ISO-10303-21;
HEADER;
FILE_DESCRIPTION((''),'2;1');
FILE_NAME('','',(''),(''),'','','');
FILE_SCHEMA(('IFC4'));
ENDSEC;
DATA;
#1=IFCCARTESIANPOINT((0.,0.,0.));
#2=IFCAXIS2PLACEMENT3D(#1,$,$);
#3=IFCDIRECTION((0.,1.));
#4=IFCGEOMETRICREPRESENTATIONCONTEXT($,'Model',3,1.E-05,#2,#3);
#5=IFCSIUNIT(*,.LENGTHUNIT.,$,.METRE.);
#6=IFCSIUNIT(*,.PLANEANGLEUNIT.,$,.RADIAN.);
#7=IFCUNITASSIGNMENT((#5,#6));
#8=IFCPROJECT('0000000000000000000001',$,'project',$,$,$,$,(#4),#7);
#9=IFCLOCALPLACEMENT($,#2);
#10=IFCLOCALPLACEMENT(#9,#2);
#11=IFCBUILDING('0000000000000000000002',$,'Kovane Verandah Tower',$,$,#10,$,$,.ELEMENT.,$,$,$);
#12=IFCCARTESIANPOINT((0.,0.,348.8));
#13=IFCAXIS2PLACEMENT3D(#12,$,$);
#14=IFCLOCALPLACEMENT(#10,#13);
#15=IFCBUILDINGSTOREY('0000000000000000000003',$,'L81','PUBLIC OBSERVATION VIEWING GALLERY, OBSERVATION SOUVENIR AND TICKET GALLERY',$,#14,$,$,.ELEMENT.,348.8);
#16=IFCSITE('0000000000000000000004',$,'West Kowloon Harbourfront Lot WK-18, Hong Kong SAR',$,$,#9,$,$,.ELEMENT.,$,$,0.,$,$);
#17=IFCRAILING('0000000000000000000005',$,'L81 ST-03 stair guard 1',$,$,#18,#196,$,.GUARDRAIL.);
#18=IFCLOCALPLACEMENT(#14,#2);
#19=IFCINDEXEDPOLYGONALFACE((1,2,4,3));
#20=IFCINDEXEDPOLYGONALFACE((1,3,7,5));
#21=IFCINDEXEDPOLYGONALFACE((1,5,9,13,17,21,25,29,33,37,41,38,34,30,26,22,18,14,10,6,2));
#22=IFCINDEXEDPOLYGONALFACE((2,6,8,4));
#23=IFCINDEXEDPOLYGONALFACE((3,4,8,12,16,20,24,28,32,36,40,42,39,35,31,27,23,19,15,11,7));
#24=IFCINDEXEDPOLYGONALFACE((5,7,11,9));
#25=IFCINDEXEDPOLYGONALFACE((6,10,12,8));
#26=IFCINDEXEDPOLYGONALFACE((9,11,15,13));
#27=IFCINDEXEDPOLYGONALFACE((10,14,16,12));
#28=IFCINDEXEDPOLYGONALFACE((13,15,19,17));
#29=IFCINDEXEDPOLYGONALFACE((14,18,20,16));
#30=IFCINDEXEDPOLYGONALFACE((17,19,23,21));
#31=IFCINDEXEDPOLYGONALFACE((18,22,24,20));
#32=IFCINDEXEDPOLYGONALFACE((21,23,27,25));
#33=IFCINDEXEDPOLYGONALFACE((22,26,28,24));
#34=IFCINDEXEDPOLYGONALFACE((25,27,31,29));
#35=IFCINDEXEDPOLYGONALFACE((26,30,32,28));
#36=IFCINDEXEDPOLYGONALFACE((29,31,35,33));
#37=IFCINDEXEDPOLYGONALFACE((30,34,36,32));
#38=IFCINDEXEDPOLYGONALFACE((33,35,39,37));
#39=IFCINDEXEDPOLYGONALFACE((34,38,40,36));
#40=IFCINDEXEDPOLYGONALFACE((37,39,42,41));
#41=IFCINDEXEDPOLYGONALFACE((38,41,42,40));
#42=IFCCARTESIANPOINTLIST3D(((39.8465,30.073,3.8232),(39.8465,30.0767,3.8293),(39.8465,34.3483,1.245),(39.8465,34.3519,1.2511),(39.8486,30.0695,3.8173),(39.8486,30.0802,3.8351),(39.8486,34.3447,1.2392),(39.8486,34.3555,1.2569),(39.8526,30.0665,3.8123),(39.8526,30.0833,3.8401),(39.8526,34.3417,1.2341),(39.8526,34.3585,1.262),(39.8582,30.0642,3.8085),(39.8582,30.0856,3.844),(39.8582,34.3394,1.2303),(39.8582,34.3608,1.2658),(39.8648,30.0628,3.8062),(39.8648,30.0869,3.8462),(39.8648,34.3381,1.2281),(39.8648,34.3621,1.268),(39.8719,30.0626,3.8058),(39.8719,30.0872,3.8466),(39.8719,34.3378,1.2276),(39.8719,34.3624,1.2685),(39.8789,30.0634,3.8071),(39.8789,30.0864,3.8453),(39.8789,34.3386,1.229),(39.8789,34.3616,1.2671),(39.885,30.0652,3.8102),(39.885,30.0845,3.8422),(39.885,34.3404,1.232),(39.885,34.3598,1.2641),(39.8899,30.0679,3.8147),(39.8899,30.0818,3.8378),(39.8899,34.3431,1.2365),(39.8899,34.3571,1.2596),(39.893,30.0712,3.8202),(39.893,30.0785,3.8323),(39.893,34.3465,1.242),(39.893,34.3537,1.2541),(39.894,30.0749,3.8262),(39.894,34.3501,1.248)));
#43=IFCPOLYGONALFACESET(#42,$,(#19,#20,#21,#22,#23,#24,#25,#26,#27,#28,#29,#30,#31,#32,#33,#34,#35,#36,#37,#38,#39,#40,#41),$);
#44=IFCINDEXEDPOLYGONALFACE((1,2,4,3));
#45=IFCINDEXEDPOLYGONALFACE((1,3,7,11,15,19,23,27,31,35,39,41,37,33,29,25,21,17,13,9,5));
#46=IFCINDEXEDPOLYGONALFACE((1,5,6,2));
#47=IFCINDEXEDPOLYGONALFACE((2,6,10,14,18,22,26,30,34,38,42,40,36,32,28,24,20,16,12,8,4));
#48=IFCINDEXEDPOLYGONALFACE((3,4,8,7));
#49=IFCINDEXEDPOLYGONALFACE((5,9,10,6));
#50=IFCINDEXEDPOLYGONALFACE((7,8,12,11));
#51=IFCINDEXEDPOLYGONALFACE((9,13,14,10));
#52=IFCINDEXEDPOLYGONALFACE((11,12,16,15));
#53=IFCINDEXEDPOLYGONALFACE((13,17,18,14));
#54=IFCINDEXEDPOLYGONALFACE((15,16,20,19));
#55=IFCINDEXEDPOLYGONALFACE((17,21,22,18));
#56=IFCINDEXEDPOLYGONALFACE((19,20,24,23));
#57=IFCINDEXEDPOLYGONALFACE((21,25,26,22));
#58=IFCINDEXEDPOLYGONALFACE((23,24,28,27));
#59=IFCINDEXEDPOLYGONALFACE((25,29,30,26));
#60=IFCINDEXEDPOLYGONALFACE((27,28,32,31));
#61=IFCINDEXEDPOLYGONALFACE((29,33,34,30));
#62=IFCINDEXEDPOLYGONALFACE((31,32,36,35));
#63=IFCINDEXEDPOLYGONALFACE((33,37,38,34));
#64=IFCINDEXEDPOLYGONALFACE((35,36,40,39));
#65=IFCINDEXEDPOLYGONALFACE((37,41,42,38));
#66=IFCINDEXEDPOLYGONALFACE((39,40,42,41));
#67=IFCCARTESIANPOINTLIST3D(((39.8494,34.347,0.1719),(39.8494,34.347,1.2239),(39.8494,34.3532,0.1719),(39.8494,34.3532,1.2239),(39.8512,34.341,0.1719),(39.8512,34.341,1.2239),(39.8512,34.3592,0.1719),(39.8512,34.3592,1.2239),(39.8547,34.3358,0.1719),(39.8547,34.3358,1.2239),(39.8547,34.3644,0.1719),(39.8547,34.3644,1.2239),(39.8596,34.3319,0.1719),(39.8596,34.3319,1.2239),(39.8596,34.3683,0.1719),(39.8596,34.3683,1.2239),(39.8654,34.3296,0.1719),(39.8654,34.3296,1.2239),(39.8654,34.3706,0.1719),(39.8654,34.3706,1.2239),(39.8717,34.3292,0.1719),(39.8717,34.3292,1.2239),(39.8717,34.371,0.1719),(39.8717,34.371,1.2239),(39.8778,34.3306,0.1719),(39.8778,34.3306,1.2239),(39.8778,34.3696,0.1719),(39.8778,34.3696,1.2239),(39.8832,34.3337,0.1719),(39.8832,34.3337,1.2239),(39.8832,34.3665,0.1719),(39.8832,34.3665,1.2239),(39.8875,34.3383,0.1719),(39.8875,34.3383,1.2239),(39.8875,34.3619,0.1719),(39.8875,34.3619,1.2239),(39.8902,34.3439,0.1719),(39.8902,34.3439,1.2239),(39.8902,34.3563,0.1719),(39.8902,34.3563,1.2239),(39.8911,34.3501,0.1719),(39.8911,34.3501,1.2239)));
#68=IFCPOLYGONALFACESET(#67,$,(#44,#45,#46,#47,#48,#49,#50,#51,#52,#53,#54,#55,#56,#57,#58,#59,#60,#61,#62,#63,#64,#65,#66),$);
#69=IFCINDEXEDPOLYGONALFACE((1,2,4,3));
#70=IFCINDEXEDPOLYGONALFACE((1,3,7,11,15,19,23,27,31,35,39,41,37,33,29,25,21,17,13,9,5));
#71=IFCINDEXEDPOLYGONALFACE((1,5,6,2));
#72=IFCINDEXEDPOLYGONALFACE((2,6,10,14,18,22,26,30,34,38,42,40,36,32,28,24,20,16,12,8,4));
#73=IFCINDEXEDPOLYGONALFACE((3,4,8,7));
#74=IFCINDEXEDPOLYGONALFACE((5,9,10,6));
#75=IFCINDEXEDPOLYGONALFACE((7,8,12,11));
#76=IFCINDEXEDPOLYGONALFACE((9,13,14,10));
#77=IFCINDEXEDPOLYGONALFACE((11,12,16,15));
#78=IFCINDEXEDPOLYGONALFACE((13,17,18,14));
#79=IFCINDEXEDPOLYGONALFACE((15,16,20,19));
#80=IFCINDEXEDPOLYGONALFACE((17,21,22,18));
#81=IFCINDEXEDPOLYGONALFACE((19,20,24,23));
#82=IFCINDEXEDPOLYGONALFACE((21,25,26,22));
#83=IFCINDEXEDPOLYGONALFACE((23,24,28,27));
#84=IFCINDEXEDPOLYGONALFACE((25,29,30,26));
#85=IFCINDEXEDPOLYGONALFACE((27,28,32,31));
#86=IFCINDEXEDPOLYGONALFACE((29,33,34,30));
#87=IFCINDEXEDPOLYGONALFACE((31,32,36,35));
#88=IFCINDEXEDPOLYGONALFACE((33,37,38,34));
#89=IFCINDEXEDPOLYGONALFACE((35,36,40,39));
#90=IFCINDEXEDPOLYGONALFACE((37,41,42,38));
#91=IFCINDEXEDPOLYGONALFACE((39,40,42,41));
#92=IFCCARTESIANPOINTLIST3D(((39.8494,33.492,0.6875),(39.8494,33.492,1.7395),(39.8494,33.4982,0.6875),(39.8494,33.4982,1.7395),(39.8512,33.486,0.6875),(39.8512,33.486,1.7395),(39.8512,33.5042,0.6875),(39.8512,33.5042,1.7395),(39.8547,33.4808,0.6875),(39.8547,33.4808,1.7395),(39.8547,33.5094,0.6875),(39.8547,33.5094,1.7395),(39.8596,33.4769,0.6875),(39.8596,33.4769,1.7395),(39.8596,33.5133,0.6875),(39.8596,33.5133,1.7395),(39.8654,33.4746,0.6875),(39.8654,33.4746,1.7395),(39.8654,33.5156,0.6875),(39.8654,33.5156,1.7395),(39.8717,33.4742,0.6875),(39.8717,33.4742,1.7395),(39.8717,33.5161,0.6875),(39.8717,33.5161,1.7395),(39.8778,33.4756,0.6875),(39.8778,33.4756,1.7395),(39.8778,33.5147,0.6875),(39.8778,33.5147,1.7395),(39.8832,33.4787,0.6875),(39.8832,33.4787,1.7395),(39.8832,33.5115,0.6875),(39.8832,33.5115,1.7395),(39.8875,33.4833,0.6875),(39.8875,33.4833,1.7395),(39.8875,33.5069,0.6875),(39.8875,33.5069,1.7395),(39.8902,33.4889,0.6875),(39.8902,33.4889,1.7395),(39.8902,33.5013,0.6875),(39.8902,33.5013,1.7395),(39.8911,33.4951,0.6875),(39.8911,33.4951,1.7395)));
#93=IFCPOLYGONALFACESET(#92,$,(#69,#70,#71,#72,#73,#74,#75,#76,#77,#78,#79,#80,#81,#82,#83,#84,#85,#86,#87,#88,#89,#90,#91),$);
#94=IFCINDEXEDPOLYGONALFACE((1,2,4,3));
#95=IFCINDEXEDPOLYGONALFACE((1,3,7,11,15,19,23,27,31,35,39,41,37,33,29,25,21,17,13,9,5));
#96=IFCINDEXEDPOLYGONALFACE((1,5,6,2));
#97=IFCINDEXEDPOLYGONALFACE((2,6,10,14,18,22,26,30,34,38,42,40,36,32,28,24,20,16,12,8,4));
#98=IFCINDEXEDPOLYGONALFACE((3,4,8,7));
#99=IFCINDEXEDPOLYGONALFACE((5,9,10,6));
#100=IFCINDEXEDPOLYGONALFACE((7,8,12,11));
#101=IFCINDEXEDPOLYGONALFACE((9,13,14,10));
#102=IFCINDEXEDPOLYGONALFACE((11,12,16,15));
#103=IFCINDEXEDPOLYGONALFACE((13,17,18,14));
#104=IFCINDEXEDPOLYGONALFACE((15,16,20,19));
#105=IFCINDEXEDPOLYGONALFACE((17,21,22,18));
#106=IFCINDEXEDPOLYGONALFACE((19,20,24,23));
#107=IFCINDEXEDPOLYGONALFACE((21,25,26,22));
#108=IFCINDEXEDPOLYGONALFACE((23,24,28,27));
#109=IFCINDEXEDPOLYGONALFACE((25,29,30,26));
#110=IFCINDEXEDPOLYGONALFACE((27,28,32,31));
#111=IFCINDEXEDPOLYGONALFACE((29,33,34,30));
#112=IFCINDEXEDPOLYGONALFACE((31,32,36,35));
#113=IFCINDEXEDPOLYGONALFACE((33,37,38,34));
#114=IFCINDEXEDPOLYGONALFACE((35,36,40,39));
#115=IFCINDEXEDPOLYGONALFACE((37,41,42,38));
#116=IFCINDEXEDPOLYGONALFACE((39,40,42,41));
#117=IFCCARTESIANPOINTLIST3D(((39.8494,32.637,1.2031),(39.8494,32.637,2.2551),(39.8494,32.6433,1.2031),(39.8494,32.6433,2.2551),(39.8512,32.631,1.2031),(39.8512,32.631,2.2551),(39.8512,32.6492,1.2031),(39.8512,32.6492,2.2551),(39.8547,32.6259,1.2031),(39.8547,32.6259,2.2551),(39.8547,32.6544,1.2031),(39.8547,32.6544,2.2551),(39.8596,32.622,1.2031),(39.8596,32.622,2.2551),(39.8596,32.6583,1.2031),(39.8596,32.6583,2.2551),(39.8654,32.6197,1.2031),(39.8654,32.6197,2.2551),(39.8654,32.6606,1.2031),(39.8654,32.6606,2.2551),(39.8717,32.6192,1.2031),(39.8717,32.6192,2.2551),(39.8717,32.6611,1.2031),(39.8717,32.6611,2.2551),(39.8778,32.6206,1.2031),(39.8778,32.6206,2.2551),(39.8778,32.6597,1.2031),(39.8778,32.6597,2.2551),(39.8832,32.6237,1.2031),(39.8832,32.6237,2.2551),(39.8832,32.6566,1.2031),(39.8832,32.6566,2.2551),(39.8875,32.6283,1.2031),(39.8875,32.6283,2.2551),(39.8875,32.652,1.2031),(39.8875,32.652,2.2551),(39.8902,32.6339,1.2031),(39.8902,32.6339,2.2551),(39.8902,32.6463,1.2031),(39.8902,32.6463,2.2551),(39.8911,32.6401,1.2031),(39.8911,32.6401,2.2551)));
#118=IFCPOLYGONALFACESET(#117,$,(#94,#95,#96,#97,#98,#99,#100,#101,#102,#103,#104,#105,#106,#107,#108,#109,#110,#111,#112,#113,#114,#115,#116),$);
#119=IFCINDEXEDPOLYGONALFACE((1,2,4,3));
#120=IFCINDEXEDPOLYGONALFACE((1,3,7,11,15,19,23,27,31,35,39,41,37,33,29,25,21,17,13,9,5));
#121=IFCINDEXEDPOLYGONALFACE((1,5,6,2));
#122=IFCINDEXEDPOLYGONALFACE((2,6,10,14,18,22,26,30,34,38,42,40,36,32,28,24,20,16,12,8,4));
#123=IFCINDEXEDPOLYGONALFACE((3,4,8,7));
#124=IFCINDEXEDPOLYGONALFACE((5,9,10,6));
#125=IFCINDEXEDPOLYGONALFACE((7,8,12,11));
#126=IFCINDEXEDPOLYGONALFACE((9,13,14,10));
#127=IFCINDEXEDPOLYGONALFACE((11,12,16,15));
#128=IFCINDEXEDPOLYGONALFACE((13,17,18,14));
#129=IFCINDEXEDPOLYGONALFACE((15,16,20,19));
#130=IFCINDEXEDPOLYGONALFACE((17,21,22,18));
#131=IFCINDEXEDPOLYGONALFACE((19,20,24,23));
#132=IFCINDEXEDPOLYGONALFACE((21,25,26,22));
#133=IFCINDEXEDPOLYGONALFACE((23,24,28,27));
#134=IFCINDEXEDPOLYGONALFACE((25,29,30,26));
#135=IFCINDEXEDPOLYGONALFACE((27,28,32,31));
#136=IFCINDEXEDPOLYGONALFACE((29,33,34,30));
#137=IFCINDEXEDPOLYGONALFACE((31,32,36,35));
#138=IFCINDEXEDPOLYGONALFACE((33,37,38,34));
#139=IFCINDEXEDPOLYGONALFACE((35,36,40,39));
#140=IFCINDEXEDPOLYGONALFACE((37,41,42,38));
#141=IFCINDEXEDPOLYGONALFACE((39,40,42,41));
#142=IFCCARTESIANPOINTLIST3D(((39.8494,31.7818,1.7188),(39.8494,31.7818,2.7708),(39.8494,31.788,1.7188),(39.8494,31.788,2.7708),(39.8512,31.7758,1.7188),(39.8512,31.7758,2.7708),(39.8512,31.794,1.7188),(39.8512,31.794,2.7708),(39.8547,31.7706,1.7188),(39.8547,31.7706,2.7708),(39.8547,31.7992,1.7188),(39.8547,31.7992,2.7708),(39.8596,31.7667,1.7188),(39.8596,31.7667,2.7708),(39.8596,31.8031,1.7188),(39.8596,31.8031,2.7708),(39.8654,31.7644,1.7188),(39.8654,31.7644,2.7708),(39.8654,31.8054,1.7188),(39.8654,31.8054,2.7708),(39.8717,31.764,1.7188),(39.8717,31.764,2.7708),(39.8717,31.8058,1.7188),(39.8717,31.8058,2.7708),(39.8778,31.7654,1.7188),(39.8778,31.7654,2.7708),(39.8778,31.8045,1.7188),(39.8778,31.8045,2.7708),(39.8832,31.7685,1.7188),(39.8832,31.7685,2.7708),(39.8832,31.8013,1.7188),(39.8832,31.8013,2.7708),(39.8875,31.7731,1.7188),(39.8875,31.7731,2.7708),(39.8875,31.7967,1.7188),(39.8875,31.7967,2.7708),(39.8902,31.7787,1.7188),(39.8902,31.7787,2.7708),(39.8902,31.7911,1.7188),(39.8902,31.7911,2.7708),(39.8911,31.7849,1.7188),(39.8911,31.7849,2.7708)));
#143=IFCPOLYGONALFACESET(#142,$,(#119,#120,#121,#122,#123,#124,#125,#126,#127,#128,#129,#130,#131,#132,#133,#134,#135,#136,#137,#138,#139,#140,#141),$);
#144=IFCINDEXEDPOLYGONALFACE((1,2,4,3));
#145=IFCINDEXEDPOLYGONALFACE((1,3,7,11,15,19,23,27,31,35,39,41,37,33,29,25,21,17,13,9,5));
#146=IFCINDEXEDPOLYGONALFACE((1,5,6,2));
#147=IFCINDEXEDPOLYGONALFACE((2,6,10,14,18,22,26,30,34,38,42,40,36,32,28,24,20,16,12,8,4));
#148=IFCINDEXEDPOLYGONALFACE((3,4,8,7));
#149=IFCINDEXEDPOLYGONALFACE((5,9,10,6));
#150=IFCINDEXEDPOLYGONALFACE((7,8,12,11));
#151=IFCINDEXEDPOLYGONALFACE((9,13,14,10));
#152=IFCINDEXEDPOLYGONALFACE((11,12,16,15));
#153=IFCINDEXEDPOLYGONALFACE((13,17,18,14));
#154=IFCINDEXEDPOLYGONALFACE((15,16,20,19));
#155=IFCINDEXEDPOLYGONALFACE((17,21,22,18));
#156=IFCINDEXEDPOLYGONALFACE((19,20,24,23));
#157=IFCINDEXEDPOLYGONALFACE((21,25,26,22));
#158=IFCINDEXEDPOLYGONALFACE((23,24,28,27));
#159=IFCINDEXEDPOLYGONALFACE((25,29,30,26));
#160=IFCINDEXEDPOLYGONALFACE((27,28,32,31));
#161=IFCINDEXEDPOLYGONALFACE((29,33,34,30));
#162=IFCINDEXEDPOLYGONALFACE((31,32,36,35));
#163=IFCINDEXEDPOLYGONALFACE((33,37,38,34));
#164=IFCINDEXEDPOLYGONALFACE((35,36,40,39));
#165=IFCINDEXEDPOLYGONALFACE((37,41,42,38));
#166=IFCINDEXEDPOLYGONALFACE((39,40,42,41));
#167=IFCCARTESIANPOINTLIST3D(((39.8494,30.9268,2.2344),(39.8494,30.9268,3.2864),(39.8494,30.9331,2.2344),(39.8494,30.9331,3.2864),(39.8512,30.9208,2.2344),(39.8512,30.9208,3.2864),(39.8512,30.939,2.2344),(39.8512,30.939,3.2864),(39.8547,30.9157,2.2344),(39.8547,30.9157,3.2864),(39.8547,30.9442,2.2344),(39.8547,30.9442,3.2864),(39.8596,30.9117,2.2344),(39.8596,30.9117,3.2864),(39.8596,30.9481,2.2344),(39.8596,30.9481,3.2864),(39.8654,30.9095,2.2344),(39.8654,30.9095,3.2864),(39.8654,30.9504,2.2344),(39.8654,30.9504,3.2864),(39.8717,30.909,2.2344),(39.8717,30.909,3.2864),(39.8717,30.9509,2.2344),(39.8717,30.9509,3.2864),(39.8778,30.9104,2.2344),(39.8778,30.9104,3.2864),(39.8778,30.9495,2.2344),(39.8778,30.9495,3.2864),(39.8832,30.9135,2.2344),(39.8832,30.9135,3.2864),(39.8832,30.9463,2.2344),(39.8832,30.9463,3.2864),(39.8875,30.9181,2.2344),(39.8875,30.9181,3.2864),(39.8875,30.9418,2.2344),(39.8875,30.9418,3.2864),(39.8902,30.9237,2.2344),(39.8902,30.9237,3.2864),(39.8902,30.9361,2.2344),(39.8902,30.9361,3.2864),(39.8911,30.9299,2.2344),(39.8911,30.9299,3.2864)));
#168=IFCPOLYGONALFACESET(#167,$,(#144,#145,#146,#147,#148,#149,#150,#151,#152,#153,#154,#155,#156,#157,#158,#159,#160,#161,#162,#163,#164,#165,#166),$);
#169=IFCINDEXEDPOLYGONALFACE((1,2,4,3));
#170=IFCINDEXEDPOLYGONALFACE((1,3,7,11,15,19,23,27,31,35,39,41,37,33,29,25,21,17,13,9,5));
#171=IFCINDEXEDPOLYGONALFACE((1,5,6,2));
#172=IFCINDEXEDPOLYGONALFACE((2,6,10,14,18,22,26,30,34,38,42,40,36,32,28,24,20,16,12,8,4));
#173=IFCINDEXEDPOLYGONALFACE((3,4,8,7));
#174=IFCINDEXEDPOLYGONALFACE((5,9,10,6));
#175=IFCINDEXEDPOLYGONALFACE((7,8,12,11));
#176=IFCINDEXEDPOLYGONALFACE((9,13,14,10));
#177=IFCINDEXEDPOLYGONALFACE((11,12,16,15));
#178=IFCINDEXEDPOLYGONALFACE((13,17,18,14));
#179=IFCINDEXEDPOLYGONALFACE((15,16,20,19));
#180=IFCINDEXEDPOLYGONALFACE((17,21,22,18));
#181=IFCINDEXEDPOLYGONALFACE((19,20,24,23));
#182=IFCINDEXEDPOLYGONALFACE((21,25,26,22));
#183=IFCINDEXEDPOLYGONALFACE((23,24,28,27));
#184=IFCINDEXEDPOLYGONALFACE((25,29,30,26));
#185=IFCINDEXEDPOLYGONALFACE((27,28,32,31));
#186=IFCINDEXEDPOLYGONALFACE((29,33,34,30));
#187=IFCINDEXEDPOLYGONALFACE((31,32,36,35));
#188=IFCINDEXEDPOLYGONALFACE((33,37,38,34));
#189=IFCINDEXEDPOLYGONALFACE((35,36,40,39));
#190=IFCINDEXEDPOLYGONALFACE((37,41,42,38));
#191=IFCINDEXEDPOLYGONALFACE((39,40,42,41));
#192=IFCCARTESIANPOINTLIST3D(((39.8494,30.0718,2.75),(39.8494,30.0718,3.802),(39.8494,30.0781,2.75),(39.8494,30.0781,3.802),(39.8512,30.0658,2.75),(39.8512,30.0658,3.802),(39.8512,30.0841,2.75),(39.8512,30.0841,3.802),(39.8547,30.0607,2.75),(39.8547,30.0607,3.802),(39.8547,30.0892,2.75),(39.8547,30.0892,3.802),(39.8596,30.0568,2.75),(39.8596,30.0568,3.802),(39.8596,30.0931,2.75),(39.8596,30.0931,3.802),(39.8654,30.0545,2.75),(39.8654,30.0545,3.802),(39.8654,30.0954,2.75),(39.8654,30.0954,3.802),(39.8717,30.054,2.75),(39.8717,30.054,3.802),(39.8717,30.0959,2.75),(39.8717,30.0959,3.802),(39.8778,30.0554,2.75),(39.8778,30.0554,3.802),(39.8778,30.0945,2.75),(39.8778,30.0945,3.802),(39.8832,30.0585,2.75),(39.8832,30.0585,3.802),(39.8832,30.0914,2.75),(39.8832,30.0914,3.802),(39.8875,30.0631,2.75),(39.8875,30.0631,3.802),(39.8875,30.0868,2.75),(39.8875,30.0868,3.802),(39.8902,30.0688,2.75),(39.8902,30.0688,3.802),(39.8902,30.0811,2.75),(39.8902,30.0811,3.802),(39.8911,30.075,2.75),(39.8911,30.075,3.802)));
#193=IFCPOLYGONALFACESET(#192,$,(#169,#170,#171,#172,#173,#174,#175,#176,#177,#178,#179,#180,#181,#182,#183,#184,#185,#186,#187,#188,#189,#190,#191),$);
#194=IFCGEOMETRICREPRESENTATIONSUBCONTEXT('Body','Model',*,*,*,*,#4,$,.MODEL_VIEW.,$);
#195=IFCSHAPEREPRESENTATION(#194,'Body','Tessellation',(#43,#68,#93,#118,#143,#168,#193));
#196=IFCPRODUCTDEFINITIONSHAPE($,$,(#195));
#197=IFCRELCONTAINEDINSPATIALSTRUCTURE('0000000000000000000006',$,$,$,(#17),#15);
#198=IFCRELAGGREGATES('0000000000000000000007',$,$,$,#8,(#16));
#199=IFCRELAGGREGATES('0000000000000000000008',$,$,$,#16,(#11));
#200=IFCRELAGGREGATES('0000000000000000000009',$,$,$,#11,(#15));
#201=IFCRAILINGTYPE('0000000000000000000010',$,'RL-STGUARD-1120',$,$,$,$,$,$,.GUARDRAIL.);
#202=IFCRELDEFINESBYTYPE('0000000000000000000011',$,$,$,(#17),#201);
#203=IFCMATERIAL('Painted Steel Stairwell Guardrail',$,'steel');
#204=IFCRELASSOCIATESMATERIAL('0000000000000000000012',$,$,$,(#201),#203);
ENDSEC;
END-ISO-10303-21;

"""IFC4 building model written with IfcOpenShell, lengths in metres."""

from ifc_helpers import new_model, si_unit, direction, frame, origin, origin_2d, place, context, subcontext, project, spatial, circle, extrude, material, type_object, element, save


model = new_model("IFC4")

# Units and contexts
model_context = context("Model", 3, precision=1e-05, world=origin(), true_north=direction((0.0, 1.0)))
body_context = subcontext(model_context, "Body", "Model", "MODEL_VIEW")
ifc_project = project(units=[si_unit("LENGTHUNIT", "METRE"), si_unit("PLANEANGLEUNIT", "RADIAN")], contexts=[model_context])

# Site, building, storey
site_placement = place(None, origin())
site = spatial("IfcSite", under=ifc_project, at=site_placement, Name="West Kowloon Harbourfront Lot WK-18, Hong Kong SAR", CompositionType="ELEMENT", RefElevation=0.0)
building_placement = place(site_placement, origin())
building = spatial("IfcBuilding", under=site, at=building_placement, Name="Kovane Verandah Tower", CompositionType="ELEMENT")
storey_placement = place(building_placement, frame((0.0, 0.0, 348.8)))
storey = spatial("IfcBuildingStorey", under=building, at=storey_placement, Name="L81", Description="PUBLIC OBSERVATION VIEWING GALLERY, OBSERVATION SOUVENIR AND TICKET GALLERY", CompositionType="ELEMENT", Elevation=348.8)

# Railing
ifc_material_1 = material(Name="Painted Steel Stairwell Guardrail", Category="steel")
railing_type_1 = type_object("IfcRailingType", Name="RL-STGUARD-1120", PredefinedType="GUARDRAIL", material=ifc_material_1)
railing_1_placement = place(storey_placement, frame((39.8701, 34.3501, 0.1719)))
element("IfcRailing", 1, at=railing_1_placement, inside=storey, type_object=railing_type_1, Name="L81 ST-03 stair guard 1", PredefinedType="GUARDRAIL", context=body_context, shape_type="SweptSolid", body=[
    extrude(circle(Radius=0.0239, at=origin_2d()), frame((0.0, 0.0, 1.0762), z_axis=(0.0, -0.856339, 0.516415), x_axis=(1.0, 0.0, 0.0)), (0.0, 0.0, 1.0), 4.9924),
    extrude(circle(Radius=0.021, at=origin_2d()), origin(), (0.0, 0.0, 1.0), 1.052),
    extrude(circle(Radius=0.021, at=origin_2d()), frame((0.0, -0.855, 0.5156)), (0.0, 0.0, 1.0), 1.052),
    extrude(circle(Radius=0.021, at=origin_2d()), frame((0.0, -1.71, 1.0312)), (0.0, 0.0, 1.0), 1.052),
    extrude(circle(Radius=0.021, at=origin_2d()), frame((0.0, -2.5652, 1.5469)), (0.0, 0.0, 1.0), 1.052),
    extrude(circle(Radius=0.021, at=origin_2d()), frame((0.0, -3.4202, 2.0625)), (0.0, 0.0, 1.0), 1.052),
    extrude(circle(Radius=0.021, at=origin_2d()), frame((0.0, -4.2751, 2.5781)), (0.0, 0.0, 1.0), 1.052),
])

save(model, "model.ifc")
